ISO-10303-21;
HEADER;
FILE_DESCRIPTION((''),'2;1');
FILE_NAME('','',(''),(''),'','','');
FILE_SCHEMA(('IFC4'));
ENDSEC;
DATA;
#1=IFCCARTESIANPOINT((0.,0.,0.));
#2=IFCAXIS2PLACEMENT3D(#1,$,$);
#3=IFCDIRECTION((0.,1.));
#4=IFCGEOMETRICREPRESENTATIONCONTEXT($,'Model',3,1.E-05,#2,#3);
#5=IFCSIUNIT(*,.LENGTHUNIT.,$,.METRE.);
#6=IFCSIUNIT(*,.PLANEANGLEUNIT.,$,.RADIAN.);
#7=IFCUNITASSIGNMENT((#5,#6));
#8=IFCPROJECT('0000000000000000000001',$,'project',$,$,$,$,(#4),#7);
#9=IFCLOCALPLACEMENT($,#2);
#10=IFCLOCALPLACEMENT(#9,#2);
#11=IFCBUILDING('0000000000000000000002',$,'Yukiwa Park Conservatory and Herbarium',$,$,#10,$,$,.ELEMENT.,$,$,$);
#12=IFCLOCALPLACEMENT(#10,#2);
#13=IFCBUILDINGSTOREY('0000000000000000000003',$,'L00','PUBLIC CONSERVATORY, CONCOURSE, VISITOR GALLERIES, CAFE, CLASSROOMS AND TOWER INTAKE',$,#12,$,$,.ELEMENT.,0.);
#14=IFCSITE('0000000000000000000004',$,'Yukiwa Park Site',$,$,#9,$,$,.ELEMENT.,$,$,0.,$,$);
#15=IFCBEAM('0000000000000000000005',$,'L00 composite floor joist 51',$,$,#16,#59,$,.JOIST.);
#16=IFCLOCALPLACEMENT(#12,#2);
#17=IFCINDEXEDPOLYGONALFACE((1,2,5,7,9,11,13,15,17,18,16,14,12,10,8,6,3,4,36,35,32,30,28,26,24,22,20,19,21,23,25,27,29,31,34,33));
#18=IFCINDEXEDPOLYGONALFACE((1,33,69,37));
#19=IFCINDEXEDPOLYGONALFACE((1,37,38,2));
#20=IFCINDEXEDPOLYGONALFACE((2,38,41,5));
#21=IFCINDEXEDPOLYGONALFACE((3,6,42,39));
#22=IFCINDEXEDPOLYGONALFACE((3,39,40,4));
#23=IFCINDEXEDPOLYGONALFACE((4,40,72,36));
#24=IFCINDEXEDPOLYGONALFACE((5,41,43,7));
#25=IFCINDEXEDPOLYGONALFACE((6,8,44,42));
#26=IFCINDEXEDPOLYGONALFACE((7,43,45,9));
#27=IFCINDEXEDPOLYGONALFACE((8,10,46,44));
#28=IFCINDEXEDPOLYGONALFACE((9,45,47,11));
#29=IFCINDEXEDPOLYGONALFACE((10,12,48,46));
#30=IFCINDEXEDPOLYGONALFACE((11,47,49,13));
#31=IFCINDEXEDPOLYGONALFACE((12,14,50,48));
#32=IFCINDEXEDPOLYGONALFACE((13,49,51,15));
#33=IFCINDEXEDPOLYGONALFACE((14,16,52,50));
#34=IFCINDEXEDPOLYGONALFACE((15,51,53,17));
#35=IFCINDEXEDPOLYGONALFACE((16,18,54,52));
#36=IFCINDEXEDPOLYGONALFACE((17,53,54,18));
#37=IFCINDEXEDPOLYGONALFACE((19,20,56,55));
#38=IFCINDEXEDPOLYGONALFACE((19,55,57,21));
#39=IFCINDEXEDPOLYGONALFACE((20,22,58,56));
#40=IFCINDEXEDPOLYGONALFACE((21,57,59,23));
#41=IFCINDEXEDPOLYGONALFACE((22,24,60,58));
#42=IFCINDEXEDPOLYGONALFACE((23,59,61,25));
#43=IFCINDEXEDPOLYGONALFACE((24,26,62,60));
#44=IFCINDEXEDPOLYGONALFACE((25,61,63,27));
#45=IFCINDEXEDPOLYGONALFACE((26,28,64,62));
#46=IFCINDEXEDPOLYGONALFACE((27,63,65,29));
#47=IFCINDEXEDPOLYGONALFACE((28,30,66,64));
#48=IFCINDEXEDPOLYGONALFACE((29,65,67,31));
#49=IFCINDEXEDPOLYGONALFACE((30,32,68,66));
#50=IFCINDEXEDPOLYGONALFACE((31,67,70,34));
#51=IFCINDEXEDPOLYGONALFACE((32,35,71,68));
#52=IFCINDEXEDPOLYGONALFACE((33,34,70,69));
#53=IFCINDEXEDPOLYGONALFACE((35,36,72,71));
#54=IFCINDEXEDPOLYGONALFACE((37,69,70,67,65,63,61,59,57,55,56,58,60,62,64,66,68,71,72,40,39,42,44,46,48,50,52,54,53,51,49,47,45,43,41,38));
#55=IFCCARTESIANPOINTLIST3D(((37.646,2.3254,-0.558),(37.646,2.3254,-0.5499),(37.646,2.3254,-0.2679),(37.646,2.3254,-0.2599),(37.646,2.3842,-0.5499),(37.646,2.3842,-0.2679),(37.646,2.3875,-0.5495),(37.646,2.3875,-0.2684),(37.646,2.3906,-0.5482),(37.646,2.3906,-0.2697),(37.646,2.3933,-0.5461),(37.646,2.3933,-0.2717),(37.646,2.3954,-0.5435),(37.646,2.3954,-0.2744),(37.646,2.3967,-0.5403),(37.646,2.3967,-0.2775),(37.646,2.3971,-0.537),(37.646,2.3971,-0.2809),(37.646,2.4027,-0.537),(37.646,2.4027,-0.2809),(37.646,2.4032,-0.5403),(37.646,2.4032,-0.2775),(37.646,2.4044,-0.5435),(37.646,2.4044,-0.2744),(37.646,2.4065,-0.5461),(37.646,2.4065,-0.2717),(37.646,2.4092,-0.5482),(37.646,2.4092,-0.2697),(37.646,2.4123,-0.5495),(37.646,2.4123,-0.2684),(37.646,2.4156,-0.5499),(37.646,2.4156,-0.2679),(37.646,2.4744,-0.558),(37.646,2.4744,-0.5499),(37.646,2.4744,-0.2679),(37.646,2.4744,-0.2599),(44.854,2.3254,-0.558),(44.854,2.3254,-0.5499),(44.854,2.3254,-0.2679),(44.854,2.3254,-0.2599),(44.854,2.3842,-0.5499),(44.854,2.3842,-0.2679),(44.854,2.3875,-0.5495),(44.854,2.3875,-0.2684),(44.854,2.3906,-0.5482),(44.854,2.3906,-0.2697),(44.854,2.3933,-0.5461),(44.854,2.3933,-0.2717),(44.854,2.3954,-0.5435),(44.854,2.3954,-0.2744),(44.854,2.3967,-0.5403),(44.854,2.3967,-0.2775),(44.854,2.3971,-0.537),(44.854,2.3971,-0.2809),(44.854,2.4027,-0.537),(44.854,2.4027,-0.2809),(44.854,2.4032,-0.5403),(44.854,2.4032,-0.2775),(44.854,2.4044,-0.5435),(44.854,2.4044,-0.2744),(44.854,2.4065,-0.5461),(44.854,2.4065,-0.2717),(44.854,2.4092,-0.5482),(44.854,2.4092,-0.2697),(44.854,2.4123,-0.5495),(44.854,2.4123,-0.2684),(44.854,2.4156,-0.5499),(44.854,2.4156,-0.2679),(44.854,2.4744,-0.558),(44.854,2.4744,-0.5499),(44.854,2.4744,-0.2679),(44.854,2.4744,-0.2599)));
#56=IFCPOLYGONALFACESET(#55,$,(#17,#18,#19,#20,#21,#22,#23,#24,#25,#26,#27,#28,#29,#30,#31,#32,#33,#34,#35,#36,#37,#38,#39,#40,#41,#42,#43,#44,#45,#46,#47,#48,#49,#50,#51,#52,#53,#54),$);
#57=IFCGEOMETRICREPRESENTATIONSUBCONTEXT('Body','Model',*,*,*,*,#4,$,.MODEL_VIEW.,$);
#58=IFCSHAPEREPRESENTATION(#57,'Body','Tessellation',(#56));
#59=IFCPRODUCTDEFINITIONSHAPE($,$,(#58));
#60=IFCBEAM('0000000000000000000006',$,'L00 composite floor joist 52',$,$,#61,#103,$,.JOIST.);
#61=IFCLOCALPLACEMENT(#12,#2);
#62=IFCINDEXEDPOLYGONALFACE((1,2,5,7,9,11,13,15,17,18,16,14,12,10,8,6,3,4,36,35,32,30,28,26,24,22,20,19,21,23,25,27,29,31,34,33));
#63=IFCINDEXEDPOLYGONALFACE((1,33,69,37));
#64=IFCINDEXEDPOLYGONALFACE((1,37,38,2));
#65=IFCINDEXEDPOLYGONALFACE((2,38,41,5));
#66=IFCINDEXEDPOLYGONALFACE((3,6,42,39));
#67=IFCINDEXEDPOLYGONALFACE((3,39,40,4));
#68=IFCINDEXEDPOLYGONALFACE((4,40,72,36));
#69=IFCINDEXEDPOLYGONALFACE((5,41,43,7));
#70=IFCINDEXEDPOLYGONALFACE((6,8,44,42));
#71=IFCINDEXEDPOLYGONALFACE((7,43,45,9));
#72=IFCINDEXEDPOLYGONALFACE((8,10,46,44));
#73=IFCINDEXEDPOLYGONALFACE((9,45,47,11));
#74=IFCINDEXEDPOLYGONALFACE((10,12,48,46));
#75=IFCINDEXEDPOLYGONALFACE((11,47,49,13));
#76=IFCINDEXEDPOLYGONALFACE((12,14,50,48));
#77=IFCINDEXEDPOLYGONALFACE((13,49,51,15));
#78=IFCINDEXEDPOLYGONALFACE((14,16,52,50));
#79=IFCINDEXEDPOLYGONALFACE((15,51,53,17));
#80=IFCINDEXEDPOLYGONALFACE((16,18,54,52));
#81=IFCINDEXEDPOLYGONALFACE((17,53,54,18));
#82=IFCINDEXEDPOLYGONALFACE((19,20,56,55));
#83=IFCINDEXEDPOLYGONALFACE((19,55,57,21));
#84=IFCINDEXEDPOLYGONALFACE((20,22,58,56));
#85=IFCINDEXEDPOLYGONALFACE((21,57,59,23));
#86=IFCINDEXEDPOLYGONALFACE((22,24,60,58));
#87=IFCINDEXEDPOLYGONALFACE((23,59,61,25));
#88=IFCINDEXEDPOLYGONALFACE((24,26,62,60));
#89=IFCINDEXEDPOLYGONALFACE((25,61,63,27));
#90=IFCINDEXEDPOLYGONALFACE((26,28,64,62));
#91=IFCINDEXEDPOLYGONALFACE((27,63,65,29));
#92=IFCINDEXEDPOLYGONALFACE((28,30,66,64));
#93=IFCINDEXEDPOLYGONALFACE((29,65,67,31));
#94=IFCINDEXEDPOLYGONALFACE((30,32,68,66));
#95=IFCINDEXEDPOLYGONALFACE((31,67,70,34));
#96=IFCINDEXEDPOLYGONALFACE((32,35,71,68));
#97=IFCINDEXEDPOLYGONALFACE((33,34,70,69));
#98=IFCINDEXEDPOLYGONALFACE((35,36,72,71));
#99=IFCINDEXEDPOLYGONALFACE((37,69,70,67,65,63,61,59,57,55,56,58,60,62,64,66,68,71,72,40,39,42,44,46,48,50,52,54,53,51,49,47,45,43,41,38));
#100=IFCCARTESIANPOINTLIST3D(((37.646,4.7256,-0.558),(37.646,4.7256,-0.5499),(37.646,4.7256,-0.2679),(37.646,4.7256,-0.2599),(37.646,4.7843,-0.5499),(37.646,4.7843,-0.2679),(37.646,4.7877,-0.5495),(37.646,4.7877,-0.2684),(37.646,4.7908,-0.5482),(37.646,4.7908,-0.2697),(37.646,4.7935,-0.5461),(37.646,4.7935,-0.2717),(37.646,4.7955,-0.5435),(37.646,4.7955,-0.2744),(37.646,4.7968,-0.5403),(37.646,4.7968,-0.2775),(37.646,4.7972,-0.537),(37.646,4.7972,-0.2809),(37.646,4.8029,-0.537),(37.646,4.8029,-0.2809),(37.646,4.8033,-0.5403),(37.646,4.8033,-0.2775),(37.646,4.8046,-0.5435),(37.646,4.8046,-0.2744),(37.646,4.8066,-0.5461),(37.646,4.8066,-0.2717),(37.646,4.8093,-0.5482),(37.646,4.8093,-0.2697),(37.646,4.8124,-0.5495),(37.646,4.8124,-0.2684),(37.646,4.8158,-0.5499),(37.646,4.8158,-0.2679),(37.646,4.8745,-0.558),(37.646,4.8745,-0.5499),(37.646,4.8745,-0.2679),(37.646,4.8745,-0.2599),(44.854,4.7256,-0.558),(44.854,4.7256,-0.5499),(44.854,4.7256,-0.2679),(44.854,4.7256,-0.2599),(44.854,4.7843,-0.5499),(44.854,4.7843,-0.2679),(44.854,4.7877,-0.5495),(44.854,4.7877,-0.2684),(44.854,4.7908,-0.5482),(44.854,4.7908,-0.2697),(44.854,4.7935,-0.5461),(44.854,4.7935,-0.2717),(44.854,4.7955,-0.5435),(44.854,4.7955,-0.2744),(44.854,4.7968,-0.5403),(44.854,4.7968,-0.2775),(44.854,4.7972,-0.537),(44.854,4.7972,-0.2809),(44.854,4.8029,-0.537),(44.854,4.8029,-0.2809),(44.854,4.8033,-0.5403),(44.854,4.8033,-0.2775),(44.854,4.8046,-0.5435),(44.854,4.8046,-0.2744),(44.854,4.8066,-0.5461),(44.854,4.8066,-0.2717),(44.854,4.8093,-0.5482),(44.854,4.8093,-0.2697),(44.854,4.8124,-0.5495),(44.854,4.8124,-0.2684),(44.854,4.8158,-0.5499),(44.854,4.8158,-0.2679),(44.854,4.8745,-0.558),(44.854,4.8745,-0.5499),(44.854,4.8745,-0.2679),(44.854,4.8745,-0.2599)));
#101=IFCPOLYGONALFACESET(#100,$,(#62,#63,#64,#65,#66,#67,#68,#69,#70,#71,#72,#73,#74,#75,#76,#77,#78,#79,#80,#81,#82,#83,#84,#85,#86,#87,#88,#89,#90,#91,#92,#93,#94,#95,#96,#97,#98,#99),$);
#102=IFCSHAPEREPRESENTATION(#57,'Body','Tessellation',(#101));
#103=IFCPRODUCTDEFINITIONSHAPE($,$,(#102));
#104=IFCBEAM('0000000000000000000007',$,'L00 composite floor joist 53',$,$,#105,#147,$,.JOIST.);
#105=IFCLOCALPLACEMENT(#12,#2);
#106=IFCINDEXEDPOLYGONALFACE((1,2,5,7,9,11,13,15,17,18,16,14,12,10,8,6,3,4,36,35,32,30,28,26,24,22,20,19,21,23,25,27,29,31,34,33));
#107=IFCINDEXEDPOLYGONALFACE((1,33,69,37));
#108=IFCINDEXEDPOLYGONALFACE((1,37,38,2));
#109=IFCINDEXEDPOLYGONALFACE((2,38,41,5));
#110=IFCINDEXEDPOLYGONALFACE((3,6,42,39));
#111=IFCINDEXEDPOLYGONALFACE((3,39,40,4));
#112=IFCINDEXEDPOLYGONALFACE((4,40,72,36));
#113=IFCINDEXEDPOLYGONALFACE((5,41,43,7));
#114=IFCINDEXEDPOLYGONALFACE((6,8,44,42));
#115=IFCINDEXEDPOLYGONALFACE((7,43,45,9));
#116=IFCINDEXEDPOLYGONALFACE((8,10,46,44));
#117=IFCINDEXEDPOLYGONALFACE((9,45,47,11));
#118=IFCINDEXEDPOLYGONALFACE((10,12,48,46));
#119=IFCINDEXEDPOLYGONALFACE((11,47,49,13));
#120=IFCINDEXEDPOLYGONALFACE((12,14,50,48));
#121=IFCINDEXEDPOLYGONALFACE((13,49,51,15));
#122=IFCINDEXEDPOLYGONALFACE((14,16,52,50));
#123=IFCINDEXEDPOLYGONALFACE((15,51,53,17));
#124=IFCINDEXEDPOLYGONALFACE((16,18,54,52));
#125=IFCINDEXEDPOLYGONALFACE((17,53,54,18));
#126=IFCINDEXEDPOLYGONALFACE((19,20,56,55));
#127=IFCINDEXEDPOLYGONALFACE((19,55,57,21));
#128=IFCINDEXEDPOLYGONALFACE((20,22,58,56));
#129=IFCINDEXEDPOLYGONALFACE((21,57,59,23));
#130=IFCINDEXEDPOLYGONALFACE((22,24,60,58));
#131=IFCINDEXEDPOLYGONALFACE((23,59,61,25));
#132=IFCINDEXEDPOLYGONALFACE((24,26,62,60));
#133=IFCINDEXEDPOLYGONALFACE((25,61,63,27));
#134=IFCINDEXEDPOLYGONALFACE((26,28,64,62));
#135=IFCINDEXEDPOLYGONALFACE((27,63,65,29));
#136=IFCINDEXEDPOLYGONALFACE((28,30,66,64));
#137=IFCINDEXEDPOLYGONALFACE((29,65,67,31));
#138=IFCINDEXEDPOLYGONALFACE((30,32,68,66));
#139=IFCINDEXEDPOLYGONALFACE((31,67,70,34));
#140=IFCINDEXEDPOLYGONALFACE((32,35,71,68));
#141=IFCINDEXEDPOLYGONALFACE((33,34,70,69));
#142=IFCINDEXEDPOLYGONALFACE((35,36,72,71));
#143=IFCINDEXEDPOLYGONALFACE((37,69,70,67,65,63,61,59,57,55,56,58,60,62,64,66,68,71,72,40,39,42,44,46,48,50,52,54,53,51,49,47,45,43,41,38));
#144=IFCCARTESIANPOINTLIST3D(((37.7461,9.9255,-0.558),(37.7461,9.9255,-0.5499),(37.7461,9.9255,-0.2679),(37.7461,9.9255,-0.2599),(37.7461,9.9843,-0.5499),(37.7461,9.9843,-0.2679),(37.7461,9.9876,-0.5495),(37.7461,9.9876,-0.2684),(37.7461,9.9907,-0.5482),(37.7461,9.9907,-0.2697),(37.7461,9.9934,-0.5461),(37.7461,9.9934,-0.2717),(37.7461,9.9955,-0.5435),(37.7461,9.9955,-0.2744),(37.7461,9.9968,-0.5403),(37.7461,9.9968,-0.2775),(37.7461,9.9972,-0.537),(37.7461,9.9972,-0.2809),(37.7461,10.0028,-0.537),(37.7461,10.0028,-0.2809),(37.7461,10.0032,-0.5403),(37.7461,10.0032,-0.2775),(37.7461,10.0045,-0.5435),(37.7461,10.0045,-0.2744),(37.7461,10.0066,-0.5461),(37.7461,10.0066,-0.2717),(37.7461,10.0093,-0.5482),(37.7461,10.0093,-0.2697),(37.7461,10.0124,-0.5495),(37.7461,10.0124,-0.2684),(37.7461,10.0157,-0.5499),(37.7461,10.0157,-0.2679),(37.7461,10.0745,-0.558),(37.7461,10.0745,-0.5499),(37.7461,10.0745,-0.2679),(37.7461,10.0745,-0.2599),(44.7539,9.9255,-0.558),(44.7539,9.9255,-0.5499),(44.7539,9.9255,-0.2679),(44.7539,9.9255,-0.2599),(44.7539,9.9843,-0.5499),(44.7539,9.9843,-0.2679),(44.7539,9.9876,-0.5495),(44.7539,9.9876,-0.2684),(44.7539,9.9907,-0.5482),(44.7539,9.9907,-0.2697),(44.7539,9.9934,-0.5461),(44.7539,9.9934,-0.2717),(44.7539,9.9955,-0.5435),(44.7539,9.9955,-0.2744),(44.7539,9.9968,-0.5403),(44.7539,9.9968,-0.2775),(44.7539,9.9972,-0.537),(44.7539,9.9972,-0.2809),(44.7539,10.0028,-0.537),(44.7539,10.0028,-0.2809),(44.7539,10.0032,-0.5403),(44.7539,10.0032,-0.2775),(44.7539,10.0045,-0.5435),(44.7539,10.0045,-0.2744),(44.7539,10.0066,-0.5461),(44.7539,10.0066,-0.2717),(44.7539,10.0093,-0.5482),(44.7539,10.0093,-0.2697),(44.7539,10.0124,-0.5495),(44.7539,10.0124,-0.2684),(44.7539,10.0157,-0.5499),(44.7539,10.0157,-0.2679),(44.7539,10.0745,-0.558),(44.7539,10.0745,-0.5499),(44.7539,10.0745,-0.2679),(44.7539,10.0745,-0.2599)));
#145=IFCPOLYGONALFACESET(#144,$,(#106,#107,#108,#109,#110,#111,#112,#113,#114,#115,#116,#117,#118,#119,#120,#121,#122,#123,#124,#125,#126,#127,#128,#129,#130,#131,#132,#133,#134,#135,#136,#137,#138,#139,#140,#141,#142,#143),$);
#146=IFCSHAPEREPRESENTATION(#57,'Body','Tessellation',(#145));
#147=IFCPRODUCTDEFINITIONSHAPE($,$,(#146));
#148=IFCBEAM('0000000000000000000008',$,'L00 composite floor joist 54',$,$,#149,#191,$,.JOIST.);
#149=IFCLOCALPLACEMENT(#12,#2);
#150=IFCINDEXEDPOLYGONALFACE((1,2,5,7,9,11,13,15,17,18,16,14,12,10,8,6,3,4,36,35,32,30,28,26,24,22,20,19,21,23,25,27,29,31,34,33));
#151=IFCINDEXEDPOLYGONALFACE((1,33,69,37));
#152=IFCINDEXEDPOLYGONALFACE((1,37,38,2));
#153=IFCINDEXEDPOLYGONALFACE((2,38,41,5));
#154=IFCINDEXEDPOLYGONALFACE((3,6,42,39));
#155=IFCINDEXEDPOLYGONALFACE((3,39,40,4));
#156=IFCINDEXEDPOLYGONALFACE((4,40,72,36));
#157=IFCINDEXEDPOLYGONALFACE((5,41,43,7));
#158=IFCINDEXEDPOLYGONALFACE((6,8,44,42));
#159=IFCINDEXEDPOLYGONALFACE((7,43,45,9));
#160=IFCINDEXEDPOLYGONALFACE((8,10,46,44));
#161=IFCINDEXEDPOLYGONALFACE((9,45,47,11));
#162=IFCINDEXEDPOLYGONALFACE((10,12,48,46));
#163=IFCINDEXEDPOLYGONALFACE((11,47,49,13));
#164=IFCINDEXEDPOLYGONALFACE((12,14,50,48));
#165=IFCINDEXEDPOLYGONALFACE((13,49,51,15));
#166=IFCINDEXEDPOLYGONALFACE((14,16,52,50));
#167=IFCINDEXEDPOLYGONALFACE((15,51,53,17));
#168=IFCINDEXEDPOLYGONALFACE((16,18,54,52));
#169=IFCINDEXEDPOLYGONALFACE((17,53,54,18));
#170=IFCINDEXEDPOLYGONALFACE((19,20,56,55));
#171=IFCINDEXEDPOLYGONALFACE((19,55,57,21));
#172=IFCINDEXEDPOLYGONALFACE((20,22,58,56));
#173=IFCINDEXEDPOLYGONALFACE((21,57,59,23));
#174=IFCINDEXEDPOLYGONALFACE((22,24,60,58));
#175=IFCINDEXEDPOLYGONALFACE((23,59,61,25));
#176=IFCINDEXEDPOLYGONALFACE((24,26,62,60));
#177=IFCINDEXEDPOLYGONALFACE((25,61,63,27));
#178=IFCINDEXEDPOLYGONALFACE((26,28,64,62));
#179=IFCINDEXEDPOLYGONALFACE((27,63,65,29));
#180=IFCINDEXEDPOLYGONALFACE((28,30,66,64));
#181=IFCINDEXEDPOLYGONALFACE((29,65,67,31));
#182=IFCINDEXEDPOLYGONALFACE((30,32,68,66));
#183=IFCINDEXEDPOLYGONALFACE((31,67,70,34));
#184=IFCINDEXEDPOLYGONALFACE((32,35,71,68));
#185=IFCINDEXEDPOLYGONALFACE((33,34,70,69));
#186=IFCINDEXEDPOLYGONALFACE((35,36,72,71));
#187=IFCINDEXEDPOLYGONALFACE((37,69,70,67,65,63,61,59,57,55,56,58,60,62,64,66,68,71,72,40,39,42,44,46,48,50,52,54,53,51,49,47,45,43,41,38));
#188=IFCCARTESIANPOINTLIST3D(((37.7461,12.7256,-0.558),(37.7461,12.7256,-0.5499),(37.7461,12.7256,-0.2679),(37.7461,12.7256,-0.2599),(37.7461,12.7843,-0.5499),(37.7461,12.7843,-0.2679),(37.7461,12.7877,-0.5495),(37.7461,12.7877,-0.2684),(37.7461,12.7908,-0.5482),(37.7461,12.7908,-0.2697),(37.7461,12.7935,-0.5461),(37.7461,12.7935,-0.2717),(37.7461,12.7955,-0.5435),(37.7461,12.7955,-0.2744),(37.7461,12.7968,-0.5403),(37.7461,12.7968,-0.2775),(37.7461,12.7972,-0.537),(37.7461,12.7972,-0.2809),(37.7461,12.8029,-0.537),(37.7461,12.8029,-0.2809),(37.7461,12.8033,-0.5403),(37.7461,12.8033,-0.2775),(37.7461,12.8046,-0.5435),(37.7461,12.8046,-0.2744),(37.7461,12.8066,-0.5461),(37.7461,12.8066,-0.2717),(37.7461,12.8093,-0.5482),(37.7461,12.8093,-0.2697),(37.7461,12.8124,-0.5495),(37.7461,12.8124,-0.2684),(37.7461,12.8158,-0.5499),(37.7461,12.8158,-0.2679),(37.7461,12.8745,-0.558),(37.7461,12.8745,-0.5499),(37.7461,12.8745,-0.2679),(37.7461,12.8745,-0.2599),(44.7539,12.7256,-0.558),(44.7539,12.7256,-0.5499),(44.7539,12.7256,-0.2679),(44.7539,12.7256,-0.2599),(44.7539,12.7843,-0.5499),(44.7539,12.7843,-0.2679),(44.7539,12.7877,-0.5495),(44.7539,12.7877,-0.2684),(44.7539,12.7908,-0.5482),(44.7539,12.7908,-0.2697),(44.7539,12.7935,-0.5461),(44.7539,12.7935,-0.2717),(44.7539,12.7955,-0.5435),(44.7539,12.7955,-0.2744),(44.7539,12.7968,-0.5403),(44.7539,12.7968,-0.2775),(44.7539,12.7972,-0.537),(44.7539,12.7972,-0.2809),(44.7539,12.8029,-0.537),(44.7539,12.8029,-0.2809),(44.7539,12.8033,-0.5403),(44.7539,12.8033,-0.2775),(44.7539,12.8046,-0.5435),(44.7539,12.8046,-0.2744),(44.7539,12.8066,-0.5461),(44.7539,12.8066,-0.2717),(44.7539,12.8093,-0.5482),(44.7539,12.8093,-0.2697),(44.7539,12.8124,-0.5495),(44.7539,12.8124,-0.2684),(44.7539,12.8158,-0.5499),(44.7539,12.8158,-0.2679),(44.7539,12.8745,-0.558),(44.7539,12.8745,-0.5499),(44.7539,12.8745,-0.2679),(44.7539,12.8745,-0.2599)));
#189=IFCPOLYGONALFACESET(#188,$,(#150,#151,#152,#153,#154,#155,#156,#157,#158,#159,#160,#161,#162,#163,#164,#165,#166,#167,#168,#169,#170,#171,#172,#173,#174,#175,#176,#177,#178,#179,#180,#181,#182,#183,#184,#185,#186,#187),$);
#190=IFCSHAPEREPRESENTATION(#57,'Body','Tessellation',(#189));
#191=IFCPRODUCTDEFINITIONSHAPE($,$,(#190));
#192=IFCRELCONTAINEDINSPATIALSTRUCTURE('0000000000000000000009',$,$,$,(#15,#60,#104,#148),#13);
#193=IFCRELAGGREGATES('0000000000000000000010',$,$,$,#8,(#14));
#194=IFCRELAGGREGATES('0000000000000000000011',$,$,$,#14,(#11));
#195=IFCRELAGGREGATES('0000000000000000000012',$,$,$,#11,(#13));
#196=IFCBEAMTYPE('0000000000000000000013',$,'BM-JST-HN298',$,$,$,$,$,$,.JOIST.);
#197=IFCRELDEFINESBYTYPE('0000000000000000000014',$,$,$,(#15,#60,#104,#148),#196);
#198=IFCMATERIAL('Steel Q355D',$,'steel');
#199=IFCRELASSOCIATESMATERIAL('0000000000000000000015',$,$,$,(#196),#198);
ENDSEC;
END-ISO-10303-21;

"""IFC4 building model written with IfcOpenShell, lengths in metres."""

from ifc_helpers import new_model, si_unit, direction, frame, origin, origin_2d, place, context, subcontext, project, spatial, i_section, extrude, material, material_profile, profile_set, type_object, element, save


model = new_model("IFC4")

# Units and contexts
model_context = context("Model", 3, precision=1e-05, world=origin(), true_north=direction((0.0, 1.0)))
body_context = subcontext(model_context, "Body", "Model", "MODEL_VIEW")
ifc_project = project(units=[si_unit("LENGTHUNIT", "METRE"), si_unit("PLANEANGLEUNIT", "RADIAN")], contexts=[model_context])

# Site, building, storey
site_placement = place(None, origin())
site = spatial("IfcSite", under=ifc_project, at=site_placement, Name="Yukiwa Park Site", CompositionType="ELEMENT", RefElevation=0.0)
building_placement = place(site_placement, origin())
building = spatial("IfcBuilding", under=site, at=building_placement, Name="Yukiwa Park Conservatory and Herbarium", CompositionType="ELEMENT")
storey_placement = place(building_placement, origin())
storey = spatial("IfcBuildingStorey", under=building, at=storey_placement, Name="L00", Description="PUBLIC CONSERVATORY, CONCOURSE, VISITOR GALLERIES, CAFE, CLASSROOMS AND TOWER INTAKE", CompositionType="ELEMENT", Elevation=0.0)

# Beams
ifc_material_1 = material(Name="Steel Q355D", Category="steel")
ifc_material_profile_1 = material_profile(ifc_material_1, i_section(OverallWidth=0.1489, OverallDepth=0.2981, WebThickness=0.0056, FlangeThickness=0.0081, FilletRadius=0.0129, at=origin_2d()), Name="HN 298x149x5.5x8")
ifc_profile_set_1 = profile_set([ifc_material_profile_1], Name="Steel Q355D")
beam_type_1 = type_object("IfcBeamType", Name="BM-JST-HN298", PredefinedType="JOIST", material=ifc_profile_set_1)
for number, where, z_axis, x_axis, name in (
    (1, (37.646, 2.3999, -0.4089), (1.0, 0.0, 0.0), (0.0, 1.0, 0.0), "L00 composite floor joist 51"),
    (2, (37.646, 4.8, -0.4089), (1.0, 0.0, 0.0), (0.0, 1.0, 0.0), "L00 composite floor joist 52"),
):
    element("IfcBeam", number, at=place(storey_placement, frame(where, z_axis=z_axis, x_axis=x_axis)), inside=storey, type_object=beam_type_1, Name=name, PredefinedType="JOIST", context=body_context, shape_type="SweptSolid", body=[
        extrude(i_section(OverallWidth=0.1489, OverallDepth=0.2981, WebThickness=0.0056, FlangeThickness=0.0081, FilletRadius=0.0129, at=origin_2d()), origin(), (0.0, 0.0, 1.0), 7.208),
    ])
for number, where, z_axis, x_axis, name in (
    (3, (37.7461, 10.0, -0.4089), (1.0, 0.0, 0.0), (0.0, 1.0, 0.0), "L00 composite floor joist 53"),
    (4, (37.7461, 12.8, -0.4089), (1.0, 0.0, 0.0), (0.0, 1.0, 0.0), "L00 composite floor joist 54"),
):
    element("IfcBeam", number, at=place(storey_placement, frame(where, z_axis=z_axis, x_axis=x_axis)), inside=storey, type_object=beam_type_1, Name=name, PredefinedType="JOIST", context=body_context, shape_type="SweptSolid", body=[
        extrude(i_section(OverallWidth=0.1489, OverallDepth=0.2981, WebThickness=0.0056, FlangeThickness=0.0081, FilletRadius=0.0129, at=origin_2d()), origin(), (0.0, 0.0, 1.0), 7.0078),
    ])

save(model, "model.ifc")
